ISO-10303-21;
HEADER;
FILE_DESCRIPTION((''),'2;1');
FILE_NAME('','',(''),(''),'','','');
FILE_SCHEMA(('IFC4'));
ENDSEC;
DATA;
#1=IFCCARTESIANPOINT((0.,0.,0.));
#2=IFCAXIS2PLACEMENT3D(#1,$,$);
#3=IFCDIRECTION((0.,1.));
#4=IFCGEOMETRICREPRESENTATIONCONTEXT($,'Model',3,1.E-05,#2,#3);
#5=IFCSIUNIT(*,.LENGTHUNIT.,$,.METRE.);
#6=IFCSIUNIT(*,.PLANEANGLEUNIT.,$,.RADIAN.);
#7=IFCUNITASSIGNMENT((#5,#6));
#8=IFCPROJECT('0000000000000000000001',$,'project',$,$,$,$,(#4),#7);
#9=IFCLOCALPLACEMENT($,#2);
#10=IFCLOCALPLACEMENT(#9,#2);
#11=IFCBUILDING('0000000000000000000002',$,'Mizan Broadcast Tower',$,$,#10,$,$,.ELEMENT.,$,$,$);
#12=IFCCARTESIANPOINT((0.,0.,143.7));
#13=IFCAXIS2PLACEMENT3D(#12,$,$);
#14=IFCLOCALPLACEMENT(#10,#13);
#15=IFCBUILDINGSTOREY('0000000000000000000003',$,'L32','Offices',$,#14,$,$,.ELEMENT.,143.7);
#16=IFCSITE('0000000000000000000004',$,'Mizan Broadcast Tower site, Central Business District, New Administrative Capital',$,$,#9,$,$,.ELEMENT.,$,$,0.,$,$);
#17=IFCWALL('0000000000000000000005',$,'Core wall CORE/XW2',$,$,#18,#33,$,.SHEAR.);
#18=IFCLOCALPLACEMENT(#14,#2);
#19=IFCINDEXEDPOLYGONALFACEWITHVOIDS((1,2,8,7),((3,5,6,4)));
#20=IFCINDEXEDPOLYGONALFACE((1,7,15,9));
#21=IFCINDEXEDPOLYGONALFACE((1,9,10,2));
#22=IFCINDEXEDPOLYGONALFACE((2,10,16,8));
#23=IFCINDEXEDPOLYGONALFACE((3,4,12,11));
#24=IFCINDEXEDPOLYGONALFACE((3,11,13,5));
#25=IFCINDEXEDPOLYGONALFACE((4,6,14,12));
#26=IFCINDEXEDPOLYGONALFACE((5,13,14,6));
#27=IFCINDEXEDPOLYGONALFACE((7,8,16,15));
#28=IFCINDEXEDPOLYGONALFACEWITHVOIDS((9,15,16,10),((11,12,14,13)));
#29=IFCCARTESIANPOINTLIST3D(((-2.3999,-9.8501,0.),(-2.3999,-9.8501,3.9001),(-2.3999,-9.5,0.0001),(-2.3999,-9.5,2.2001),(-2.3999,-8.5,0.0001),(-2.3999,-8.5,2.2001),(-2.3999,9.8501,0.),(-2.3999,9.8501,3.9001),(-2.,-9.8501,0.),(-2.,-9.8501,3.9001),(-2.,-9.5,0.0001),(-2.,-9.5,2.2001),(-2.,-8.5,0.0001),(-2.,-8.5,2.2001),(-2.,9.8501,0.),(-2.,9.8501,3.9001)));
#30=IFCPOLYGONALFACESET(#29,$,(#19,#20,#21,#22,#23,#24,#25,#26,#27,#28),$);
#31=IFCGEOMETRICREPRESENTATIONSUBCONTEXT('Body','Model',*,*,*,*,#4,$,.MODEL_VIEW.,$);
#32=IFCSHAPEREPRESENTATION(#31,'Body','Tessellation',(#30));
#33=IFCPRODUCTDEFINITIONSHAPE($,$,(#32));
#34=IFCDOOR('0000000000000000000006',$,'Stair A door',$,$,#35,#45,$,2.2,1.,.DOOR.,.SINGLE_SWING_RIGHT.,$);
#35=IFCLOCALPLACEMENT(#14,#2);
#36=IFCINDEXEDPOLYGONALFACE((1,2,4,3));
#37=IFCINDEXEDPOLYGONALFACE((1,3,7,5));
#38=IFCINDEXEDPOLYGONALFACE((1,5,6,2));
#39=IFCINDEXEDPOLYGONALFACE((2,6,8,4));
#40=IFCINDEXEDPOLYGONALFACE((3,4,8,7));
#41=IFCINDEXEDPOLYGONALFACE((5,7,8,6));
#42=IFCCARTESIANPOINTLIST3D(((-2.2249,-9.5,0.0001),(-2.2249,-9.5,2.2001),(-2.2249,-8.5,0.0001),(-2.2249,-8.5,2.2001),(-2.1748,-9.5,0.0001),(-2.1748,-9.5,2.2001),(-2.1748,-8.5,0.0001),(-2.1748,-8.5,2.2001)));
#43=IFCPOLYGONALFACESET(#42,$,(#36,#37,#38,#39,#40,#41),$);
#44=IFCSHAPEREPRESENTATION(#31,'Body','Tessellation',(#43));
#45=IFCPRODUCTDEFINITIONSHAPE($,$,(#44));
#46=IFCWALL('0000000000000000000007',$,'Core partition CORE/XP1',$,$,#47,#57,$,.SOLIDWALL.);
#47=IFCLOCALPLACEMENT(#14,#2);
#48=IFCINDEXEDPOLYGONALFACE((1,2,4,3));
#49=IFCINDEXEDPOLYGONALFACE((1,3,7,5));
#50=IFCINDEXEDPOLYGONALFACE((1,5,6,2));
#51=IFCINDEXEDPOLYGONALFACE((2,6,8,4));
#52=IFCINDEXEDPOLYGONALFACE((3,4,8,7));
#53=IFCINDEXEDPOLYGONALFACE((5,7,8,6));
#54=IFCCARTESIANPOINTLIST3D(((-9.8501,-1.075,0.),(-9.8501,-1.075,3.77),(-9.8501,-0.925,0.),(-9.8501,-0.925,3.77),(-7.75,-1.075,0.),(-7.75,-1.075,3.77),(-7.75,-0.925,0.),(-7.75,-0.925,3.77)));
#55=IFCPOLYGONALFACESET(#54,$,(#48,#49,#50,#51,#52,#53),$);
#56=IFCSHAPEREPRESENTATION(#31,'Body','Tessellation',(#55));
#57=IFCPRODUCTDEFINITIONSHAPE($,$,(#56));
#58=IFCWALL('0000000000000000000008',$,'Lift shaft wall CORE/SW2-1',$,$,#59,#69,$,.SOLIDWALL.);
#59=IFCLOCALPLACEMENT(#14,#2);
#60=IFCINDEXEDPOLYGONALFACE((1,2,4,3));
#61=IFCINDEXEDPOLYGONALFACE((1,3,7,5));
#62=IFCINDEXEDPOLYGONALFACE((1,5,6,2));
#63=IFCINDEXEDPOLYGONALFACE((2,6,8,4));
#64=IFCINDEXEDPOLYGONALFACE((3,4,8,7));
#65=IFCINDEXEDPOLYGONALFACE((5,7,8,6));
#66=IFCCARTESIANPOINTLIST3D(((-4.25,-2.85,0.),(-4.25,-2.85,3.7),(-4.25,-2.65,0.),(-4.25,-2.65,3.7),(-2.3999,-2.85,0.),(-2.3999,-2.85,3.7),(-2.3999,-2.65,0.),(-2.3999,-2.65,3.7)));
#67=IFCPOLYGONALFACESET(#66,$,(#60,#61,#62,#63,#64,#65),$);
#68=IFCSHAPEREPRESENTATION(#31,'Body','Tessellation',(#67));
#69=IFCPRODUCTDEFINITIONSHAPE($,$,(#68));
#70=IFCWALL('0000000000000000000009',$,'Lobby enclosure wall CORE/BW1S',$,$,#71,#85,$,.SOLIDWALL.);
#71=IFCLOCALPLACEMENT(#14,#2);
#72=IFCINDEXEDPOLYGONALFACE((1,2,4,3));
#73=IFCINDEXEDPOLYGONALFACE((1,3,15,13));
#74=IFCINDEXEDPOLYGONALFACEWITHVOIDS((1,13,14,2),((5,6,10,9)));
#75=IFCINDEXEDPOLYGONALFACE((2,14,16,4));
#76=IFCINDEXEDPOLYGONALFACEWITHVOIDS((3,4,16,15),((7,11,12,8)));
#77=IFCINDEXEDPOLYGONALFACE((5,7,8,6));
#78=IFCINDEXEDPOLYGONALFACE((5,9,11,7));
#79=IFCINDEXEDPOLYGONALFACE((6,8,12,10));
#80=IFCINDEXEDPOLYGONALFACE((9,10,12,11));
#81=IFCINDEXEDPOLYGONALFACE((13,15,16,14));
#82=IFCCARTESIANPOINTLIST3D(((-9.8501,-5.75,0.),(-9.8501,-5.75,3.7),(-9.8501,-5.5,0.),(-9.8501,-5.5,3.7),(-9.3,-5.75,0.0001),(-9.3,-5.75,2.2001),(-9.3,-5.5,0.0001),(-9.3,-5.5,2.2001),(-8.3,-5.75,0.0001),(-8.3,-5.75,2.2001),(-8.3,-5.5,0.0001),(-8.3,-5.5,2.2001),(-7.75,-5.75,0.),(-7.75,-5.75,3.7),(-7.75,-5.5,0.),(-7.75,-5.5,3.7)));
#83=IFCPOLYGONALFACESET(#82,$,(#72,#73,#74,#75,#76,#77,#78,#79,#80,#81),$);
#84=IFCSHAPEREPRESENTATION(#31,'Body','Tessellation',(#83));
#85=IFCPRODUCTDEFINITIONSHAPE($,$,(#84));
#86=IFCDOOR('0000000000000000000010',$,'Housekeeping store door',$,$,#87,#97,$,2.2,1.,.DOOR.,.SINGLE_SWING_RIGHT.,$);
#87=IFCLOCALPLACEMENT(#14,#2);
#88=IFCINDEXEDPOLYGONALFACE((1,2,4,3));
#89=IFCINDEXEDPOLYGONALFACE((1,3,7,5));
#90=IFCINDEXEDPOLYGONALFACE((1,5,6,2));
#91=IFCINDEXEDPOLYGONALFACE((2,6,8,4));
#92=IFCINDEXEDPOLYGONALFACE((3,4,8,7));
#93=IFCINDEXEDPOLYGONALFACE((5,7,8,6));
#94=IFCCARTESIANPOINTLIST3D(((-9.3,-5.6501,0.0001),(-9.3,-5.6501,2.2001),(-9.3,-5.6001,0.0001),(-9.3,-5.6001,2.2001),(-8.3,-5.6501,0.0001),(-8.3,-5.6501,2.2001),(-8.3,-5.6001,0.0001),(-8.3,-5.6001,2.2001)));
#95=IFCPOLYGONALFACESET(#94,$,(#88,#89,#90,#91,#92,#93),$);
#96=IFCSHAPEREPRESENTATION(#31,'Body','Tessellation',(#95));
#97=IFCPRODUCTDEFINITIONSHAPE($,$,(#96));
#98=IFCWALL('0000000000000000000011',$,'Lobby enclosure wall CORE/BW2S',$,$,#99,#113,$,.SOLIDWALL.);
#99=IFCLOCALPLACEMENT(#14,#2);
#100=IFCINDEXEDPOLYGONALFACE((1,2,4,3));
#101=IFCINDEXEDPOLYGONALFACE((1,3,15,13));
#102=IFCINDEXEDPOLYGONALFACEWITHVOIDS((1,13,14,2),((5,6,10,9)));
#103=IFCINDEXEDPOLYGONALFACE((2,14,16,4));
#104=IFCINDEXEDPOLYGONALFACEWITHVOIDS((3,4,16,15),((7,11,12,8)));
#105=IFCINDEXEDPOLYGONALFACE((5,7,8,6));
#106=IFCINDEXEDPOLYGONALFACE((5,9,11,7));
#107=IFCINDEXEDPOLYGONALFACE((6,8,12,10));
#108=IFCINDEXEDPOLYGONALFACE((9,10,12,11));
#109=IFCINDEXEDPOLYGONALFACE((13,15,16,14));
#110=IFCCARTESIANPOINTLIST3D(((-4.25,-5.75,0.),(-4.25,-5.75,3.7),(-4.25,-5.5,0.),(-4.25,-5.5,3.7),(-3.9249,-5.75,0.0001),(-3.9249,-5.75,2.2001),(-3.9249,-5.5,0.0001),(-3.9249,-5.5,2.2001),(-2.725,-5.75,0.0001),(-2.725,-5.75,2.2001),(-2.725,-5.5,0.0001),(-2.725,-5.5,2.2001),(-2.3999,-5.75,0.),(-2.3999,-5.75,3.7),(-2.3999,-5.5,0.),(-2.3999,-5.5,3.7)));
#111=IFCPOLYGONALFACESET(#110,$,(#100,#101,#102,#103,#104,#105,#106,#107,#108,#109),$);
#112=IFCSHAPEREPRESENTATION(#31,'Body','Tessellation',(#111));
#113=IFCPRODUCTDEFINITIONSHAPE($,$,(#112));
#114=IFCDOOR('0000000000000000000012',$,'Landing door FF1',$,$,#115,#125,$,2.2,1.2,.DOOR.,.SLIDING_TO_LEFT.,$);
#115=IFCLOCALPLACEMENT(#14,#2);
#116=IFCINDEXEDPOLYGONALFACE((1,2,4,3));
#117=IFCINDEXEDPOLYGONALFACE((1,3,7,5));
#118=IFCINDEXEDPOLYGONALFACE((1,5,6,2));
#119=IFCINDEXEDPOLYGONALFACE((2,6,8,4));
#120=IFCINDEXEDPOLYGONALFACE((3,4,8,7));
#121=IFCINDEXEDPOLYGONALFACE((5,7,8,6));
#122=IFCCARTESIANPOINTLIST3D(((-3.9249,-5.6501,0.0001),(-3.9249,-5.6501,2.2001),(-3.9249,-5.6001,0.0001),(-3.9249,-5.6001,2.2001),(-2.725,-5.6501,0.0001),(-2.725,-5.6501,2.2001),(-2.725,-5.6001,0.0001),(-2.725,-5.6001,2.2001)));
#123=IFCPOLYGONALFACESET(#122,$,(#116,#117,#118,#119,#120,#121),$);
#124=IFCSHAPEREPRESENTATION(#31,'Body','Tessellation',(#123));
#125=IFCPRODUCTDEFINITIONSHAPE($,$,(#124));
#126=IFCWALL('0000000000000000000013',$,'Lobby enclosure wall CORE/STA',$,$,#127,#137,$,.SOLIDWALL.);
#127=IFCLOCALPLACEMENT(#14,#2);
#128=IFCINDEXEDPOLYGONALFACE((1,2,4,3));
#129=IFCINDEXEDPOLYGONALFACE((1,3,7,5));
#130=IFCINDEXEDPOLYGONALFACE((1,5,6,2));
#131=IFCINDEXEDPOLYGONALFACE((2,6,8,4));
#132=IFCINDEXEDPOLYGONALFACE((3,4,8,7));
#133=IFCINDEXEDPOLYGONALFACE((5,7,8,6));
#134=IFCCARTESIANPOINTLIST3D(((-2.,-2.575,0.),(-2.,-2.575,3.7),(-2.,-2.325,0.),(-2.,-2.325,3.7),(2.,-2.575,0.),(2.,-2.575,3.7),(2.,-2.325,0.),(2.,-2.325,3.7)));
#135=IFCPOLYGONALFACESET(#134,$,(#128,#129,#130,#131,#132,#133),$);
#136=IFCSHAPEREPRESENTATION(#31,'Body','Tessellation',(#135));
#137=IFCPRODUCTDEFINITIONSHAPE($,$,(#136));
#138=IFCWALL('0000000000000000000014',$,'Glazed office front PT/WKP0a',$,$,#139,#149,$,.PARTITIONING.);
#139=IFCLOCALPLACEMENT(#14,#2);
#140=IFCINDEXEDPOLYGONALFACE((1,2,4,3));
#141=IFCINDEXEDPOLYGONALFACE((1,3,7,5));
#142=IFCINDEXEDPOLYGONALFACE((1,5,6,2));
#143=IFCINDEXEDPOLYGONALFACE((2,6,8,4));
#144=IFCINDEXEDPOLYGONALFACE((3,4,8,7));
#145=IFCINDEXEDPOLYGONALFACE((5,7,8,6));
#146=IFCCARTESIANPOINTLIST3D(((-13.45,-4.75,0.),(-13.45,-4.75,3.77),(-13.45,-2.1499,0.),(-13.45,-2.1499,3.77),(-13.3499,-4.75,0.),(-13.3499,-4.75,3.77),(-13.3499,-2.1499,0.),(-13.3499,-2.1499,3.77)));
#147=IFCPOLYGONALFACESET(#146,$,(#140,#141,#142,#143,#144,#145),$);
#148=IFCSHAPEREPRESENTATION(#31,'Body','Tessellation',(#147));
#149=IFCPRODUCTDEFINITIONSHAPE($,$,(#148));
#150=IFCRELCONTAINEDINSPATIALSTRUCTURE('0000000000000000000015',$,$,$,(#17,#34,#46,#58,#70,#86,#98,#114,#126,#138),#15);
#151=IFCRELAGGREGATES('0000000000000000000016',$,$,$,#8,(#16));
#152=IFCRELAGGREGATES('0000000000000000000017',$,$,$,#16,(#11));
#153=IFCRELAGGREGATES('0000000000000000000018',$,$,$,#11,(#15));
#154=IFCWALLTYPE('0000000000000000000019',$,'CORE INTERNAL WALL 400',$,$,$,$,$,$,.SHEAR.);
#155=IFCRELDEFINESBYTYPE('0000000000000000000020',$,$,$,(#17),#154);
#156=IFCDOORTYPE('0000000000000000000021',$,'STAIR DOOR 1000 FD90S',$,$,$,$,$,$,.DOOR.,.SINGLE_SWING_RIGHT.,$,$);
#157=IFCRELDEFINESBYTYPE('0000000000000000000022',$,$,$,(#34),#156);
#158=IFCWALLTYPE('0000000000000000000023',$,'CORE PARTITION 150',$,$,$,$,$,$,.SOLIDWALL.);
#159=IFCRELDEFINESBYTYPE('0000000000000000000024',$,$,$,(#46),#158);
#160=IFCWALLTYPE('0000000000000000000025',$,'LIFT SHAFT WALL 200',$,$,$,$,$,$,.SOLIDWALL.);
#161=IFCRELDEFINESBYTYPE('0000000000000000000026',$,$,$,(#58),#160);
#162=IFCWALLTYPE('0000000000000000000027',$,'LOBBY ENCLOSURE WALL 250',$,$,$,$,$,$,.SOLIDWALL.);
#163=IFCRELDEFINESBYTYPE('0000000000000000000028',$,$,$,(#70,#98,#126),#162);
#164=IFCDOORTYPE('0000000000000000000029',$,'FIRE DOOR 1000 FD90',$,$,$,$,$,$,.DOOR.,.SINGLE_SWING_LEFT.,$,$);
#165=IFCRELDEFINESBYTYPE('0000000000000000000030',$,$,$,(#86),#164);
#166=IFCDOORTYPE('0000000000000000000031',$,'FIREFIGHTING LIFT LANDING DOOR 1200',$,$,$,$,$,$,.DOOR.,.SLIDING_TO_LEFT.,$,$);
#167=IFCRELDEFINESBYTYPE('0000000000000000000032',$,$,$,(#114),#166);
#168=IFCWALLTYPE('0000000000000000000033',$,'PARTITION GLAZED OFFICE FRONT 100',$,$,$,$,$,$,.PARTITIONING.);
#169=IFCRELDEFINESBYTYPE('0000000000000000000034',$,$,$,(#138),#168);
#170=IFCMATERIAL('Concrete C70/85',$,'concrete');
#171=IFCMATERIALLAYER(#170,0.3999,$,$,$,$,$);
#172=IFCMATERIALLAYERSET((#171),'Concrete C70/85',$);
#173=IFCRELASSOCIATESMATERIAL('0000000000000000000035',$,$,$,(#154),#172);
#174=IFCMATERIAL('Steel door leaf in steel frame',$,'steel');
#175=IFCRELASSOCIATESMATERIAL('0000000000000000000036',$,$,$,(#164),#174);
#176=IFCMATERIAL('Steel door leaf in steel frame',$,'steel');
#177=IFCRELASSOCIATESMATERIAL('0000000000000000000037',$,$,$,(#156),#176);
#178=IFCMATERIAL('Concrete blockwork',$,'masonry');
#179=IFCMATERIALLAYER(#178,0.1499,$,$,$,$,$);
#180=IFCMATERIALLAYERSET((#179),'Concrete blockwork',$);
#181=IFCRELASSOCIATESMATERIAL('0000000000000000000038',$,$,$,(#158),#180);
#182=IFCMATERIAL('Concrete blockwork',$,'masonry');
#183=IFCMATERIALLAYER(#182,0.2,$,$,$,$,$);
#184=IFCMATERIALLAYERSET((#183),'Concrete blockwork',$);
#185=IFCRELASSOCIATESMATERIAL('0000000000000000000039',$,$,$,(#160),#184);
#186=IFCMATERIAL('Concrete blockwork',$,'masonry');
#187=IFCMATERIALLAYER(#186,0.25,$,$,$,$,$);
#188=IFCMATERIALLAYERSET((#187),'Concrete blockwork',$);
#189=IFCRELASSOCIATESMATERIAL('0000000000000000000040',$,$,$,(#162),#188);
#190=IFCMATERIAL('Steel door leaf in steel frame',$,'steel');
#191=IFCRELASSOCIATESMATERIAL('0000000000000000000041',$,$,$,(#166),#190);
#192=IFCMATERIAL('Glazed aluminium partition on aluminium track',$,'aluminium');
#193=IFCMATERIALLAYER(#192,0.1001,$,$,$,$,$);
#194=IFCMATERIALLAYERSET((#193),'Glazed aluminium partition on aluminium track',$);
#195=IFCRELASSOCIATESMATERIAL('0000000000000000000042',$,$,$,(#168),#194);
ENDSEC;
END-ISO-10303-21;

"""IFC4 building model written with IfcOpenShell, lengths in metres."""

from ifc_helpers import new_model, si_unit, direction, frame, frame_2d, origin, place, context, subcontext, project, spatial, rectangle, extrude, material, layer, layer_set, type_object, element, fill, save


model = new_model("IFC4")

# Units and contexts
model_context = context("Model", 3, precision=1e-05, world=origin(), true_north=direction((0.0, 1.0)))
body_context = subcontext(model_context, "Body", "Model", "MODEL_VIEW")
ifc_project = project(units=[si_unit("LENGTHUNIT", "METRE"), si_unit("PLANEANGLEUNIT", "RADIAN")], contexts=[model_context])

# Site, building, storey
site_placement = place(None, origin())
site = spatial("IfcSite", under=ifc_project, at=site_placement, Name="Mizan Broadcast Tower site, Central Business District, New Administrative Capital", CompositionType="ELEMENT", RefElevation=0.0)
building_placement = place(site_placement, origin())
building = spatial("IfcBuilding", under=site, at=building_placement, Name="Mizan Broadcast Tower", CompositionType="ELEMENT")
storey_placement = place(building_placement, frame((0.0, 0.0, 143.7)))
storey = spatial("IfcBuildingStorey", under=building, at=storey_placement, Name="L32", Description="Offices", CompositionType="ELEMENT", Elevation=143.7)

# Shared definitions
ifc_material_1 = material(Name="Concrete C70/85", Category="concrete")
ifc_layer_1 = layer(ifc_material_1, 0.3999)
ifc_layer_set_1 = layer_set([ifc_layer_1], Name="Concrete C70/85")
wall_type_1 = type_object("IfcWallType", Name="CORE INTERNAL WALL 400", PredefinedType="SHEAR", material=ifc_layer_set_1)
ifc_material_2 = material(Name="Steel door leaf in steel frame", Category="steel")
door_type_1 = type_object("IfcDoorType", Name="FIRE DOOR 1000 FD90", OperationType="SINGLE_SWING_LEFT", PredefinedType="DOOR", material=ifc_material_2)

# Wall, opening, door
wall_1_placement = place(storey_placement, frame((-2.2, -9.8501, 0.0), z_axis=(0.0, 0.0, 1.0), x_axis=(0.0, 1.0, 0.0)))
wall_1 = element("IfcWall", 1, at=wall_1_placement, inside=storey, type_object=wall_type_1, Name="Core wall CORE/XW2", PredefinedType="SHEAR", context=body_context, shape_type="SweptSolid", body=[
    extrude(rectangle(XDim=19.7002, YDim=0.3999, at=frame_2d((9.8501, 0.0))), origin(), (0.0, 0.0, 1.0), 3.9001),
])
opening_1_placement = place(wall_1_placement, frame((0.3501, 0.0, 0.0)))
opening_1 = element("IfcOpeningElement", 2, at=opening_1_placement, cuts=wall_1, PredefinedType="OPENING", context=body_context, shape_type="SweptSolid", body=[
    extrude(rectangle(XDim=1.0, YDim=2.2, at=frame_2d((0.5, 1.1001))), frame((0.0, 0.21, 0.0), z_axis=(0.0, -1.0, 0.0), x_axis=(1.0, 0.0, 0.0)), (0.0, 0.0, 1.0), 0.4199),
])
ifc_material_3 = material(Name="Steel door leaf in steel frame", Category="steel")
door_type_2 = type_object("IfcDoorType", Name="STAIR DOOR 1000 FD90S", OperationType="SINGLE_SWING_RIGHT", PredefinedType="DOOR", material=ifc_material_3)
door_1_placement = place(opening_1_placement, origin())
door_1 = element("IfcDoor", 3, at=door_1_placement, inside=storey, type_object=door_type_2, Name="Stair A door", OperationType="SINGLE_SWING_RIGHT", OverallHeight=2.2, OverallWidth=1.0, PredefinedType="DOOR", context=body_context, shape_type="SweptSolid", body=[
    extrude(rectangle(XDim=1.0, YDim=2.2, at=frame_2d((0.5, 1.1001))), frame((0.0, 0.0249, 0.0), z_axis=(0.0, -1.0, 0.0), x_axis=(1.0, 0.0, 0.0)), (0.0, 0.0, 1.0), 0.05),
])
fill(opening_1, door_1)

# Walls
ifc_material_4 = material(Name="Concrete blockwork", Category="masonry")
ifc_layer_2 = layer(ifc_material_4, 0.1499)
ifc_layer_set_2 = layer_set([ifc_layer_2], Name="Concrete blockwork")
wall_type_2 = type_object("IfcWallType", Name="CORE PARTITION 150", PredefinedType="SOLIDWALL", material=ifc_layer_set_2)
wall_2_placement = place(storey_placement, frame((-9.8501, -1.0, 0.0), z_axis=(0.0, 0.0, 1.0), x_axis=(1.0, 0.0, 0.0)))
element("IfcWall", 4, at=wall_2_placement, inside=storey, type_object=wall_type_2, Name="Core partition CORE/XP1", PredefinedType="SOLIDWALL", context=body_context, shape_type="SweptSolid", body=[
    extrude(rectangle(XDim=2.1001, YDim=0.1499, at=frame_2d((1.05, 0.0))), origin(), (0.0, 0.0, 1.0), 3.77),
])
ifc_material_5 = material(Name="Concrete blockwork", Category="masonry")
ifc_layer_3 = layer(ifc_material_5, 0.2)
ifc_layer_set_3 = layer_set([ifc_layer_3], Name="Concrete blockwork")
wall_type_3 = type_object("IfcWallType", Name="LIFT SHAFT WALL 200", PredefinedType="SOLIDWALL", material=ifc_layer_set_3)
wall_3_placement = place(storey_placement, frame((-4.25, -2.75, 0.0), z_axis=(0.0, 0.0, 1.0), x_axis=(1.0, 0.0, 0.0)))
element("IfcWall", 5, at=wall_3_placement, inside=storey, type_object=wall_type_3, Name="Lift shaft wall CORE/SW2-1", PredefinedType="SOLIDWALL", context=body_context, shape_type="SweptSolid", body=[
    extrude(rectangle(XDim=1.8501, YDim=0.2, at=frame_2d((0.925, 0.0))), origin(), (0.0, 0.0, 1.0), 3.7),
])

# Walls, openings, doors
ifc_material_6 = material(Name="Concrete blockwork", Category="masonry")
ifc_layer_4 = layer(ifc_material_6, 0.25)
ifc_layer_set_4 = layer_set([ifc_layer_4], Name="Concrete blockwork")
wall_type_4 = type_object("IfcWallType", Name="LOBBY ENCLOSURE WALL 250", PredefinedType="SOLIDWALL", material=ifc_layer_set_4)
wall_4_placement = place(storey_placement, frame((-9.8501, -5.625, 0.0), z_axis=(0.0, 0.0, 1.0), x_axis=(1.0, 0.0, 0.0)))
wall_4 = element("IfcWall", 6, at=wall_4_placement, inside=storey, type_object=wall_type_4, Name="Lobby enclosure wall CORE/BW1S", PredefinedType="SOLIDWALL", context=body_context, shape_type="SweptSolid", body=[
    extrude(rectangle(XDim=2.1001, YDim=0.25, at=frame_2d((1.05, 0.0))), origin(), (0.0, 0.0, 1.0), 3.7),
])
opening_2_placement = place(wall_4_placement, frame((0.55, 0.0, 0.0)))
opening_2 = element("IfcOpeningElement", 7, at=opening_2_placement, cuts=wall_4, PredefinedType="OPENING", context=body_context, shape_type="SweptSolid", body=[
    extrude(rectangle(XDim=1.0, YDim=2.2, at=frame_2d((0.5, 1.1001))), frame((0.0, 0.135, 0.0), z_axis=(0.0, -1.0, 0.0), x_axis=(1.0, 0.0, 0.0)), (0.0, 0.0, 1.0), 0.27),
])
door_2_placement = place(opening_2_placement, origin())
door_2 = element("IfcDoor", 8, at=door_2_placement, inside=storey, type_object=door_type_1, Name="Housekeeping store door", OperationType="SINGLE_SWING_RIGHT", OverallHeight=2.2, OverallWidth=1.0, PredefinedType="DOOR", context=body_context, shape_type="SweptSolid", body=[
    extrude(rectangle(XDim=1.0, YDim=2.2, at=frame_2d((0.5, 1.1001))), frame((0.0, 0.0249, 0.0), z_axis=(0.0, -1.0, 0.0), x_axis=(1.0, 0.0, 0.0)), (0.0, 0.0, 1.0), 0.05),
])
fill(opening_2, door_2)
wall_5_placement = place(storey_placement, frame((-4.25, -5.625, 0.0), z_axis=(0.0, 0.0, 1.0), x_axis=(1.0, 0.0, 0.0)))
wall_5 = element("IfcWall", 9, at=wall_5_placement, inside=storey, type_object=wall_type_4, Name="Lobby enclosure wall CORE/BW2S", PredefinedType="SOLIDWALL", context=body_context, shape_type="SweptSolid", body=[
    extrude(rectangle(XDim=1.8501, YDim=0.25, at=frame_2d((0.925, 0.0))), origin(), (0.0, 0.0, 1.0), 3.7),
])
opening_3_placement = place(wall_5_placement, frame((0.325, 0.0, 0.0)))
opening_3 = element("IfcOpeningElement", 10, at=opening_3_placement, cuts=wall_5, PredefinedType="OPENING", context=body_context, shape_type="SweptSolid", body=[
    extrude(rectangle(XDim=1.2, YDim=2.2, at=frame_2d((0.6001, 1.1001))), frame((0.0, 0.135, 0.0), z_axis=(0.0, -1.0, 0.0), x_axis=(1.0, 0.0, 0.0)), (0.0, 0.0, 1.0), 0.27),
])
ifc_material_7 = material(Name="Steel door leaf in steel frame", Category="steel")
door_type_3 = type_object("IfcDoorType", Name="FIREFIGHTING LIFT LANDING DOOR 1200", OperationType="SLIDING_TO_LEFT", PredefinedType="DOOR", material=ifc_material_7)
door_3_placement = place(opening_3_placement, origin())
door_3 = element("IfcDoor", 11, at=door_3_placement, inside=storey, type_object=door_type_3, Name="Landing door FF1", OperationType="SLIDING_TO_LEFT", OverallHeight=2.2, OverallWidth=1.2, PredefinedType="DOOR", context=body_context, shape_type="SweptSolid", body=[
    extrude(rectangle(XDim=1.2, YDim=2.2, at=frame_2d((0.6001, 1.1001))), frame((0.0, 0.0249, 0.0), z_axis=(0.0, -1.0, 0.0), x_axis=(1.0, 0.0, 0.0)), (0.0, 0.0, 1.0), 0.05),
])
fill(opening_3, door_3)

# Walls
wall_6_placement = place(storey_placement, frame((-2.0, -2.45, 0.0), z_axis=(0.0, 0.0, 1.0), x_axis=(1.0, 0.0, 0.0)))
element("IfcWall", 12, at=wall_6_placement, inside=storey, type_object=wall_type_4, Name="Lobby enclosure wall CORE/STA", PredefinedType="SOLIDWALL", context=body_context, shape_type="SweptSolid", body=[
    extrude(rectangle(XDim=4.0, YDim=0.25, at=frame_2d((2.0, 0.0))), origin(), (0.0, 0.0, 1.0), 3.7),
])
ifc_material_8 = material(Name="Glazed aluminium partition on aluminium track", Category="aluminium")
ifc_layer_5 = layer(ifc_material_8, 0.1001)
ifc_layer_set_5 = layer_set([ifc_layer_5], Name="Glazed aluminium partition on aluminium track")
wall_type_5 = type_object("IfcWallType", Name="PARTITION GLAZED OFFICE FRONT 100", PredefinedType="PARTITIONING", material=ifc_layer_set_5)
wall_7_placement = place(storey_placement, frame((-13.3999, -2.1499, 0.0), z_axis=(0.0, 0.0, 1.0), x_axis=(0.0, -1.0, 0.0)))
element("IfcWall", 13, at=wall_7_placement, inside=storey, type_object=wall_type_5, Name="Glazed office front PT/WKP0a", PredefinedType="PARTITIONING", context=body_context, shape_type="SweptSolid", body=[
    extrude(rectangle(XDim=2.6001, YDim=0.1001, at=frame_2d((1.3, 0.0))), origin(), (0.0, 0.0, 1.0), 3.77),
])

save(model, "model.ifc")
